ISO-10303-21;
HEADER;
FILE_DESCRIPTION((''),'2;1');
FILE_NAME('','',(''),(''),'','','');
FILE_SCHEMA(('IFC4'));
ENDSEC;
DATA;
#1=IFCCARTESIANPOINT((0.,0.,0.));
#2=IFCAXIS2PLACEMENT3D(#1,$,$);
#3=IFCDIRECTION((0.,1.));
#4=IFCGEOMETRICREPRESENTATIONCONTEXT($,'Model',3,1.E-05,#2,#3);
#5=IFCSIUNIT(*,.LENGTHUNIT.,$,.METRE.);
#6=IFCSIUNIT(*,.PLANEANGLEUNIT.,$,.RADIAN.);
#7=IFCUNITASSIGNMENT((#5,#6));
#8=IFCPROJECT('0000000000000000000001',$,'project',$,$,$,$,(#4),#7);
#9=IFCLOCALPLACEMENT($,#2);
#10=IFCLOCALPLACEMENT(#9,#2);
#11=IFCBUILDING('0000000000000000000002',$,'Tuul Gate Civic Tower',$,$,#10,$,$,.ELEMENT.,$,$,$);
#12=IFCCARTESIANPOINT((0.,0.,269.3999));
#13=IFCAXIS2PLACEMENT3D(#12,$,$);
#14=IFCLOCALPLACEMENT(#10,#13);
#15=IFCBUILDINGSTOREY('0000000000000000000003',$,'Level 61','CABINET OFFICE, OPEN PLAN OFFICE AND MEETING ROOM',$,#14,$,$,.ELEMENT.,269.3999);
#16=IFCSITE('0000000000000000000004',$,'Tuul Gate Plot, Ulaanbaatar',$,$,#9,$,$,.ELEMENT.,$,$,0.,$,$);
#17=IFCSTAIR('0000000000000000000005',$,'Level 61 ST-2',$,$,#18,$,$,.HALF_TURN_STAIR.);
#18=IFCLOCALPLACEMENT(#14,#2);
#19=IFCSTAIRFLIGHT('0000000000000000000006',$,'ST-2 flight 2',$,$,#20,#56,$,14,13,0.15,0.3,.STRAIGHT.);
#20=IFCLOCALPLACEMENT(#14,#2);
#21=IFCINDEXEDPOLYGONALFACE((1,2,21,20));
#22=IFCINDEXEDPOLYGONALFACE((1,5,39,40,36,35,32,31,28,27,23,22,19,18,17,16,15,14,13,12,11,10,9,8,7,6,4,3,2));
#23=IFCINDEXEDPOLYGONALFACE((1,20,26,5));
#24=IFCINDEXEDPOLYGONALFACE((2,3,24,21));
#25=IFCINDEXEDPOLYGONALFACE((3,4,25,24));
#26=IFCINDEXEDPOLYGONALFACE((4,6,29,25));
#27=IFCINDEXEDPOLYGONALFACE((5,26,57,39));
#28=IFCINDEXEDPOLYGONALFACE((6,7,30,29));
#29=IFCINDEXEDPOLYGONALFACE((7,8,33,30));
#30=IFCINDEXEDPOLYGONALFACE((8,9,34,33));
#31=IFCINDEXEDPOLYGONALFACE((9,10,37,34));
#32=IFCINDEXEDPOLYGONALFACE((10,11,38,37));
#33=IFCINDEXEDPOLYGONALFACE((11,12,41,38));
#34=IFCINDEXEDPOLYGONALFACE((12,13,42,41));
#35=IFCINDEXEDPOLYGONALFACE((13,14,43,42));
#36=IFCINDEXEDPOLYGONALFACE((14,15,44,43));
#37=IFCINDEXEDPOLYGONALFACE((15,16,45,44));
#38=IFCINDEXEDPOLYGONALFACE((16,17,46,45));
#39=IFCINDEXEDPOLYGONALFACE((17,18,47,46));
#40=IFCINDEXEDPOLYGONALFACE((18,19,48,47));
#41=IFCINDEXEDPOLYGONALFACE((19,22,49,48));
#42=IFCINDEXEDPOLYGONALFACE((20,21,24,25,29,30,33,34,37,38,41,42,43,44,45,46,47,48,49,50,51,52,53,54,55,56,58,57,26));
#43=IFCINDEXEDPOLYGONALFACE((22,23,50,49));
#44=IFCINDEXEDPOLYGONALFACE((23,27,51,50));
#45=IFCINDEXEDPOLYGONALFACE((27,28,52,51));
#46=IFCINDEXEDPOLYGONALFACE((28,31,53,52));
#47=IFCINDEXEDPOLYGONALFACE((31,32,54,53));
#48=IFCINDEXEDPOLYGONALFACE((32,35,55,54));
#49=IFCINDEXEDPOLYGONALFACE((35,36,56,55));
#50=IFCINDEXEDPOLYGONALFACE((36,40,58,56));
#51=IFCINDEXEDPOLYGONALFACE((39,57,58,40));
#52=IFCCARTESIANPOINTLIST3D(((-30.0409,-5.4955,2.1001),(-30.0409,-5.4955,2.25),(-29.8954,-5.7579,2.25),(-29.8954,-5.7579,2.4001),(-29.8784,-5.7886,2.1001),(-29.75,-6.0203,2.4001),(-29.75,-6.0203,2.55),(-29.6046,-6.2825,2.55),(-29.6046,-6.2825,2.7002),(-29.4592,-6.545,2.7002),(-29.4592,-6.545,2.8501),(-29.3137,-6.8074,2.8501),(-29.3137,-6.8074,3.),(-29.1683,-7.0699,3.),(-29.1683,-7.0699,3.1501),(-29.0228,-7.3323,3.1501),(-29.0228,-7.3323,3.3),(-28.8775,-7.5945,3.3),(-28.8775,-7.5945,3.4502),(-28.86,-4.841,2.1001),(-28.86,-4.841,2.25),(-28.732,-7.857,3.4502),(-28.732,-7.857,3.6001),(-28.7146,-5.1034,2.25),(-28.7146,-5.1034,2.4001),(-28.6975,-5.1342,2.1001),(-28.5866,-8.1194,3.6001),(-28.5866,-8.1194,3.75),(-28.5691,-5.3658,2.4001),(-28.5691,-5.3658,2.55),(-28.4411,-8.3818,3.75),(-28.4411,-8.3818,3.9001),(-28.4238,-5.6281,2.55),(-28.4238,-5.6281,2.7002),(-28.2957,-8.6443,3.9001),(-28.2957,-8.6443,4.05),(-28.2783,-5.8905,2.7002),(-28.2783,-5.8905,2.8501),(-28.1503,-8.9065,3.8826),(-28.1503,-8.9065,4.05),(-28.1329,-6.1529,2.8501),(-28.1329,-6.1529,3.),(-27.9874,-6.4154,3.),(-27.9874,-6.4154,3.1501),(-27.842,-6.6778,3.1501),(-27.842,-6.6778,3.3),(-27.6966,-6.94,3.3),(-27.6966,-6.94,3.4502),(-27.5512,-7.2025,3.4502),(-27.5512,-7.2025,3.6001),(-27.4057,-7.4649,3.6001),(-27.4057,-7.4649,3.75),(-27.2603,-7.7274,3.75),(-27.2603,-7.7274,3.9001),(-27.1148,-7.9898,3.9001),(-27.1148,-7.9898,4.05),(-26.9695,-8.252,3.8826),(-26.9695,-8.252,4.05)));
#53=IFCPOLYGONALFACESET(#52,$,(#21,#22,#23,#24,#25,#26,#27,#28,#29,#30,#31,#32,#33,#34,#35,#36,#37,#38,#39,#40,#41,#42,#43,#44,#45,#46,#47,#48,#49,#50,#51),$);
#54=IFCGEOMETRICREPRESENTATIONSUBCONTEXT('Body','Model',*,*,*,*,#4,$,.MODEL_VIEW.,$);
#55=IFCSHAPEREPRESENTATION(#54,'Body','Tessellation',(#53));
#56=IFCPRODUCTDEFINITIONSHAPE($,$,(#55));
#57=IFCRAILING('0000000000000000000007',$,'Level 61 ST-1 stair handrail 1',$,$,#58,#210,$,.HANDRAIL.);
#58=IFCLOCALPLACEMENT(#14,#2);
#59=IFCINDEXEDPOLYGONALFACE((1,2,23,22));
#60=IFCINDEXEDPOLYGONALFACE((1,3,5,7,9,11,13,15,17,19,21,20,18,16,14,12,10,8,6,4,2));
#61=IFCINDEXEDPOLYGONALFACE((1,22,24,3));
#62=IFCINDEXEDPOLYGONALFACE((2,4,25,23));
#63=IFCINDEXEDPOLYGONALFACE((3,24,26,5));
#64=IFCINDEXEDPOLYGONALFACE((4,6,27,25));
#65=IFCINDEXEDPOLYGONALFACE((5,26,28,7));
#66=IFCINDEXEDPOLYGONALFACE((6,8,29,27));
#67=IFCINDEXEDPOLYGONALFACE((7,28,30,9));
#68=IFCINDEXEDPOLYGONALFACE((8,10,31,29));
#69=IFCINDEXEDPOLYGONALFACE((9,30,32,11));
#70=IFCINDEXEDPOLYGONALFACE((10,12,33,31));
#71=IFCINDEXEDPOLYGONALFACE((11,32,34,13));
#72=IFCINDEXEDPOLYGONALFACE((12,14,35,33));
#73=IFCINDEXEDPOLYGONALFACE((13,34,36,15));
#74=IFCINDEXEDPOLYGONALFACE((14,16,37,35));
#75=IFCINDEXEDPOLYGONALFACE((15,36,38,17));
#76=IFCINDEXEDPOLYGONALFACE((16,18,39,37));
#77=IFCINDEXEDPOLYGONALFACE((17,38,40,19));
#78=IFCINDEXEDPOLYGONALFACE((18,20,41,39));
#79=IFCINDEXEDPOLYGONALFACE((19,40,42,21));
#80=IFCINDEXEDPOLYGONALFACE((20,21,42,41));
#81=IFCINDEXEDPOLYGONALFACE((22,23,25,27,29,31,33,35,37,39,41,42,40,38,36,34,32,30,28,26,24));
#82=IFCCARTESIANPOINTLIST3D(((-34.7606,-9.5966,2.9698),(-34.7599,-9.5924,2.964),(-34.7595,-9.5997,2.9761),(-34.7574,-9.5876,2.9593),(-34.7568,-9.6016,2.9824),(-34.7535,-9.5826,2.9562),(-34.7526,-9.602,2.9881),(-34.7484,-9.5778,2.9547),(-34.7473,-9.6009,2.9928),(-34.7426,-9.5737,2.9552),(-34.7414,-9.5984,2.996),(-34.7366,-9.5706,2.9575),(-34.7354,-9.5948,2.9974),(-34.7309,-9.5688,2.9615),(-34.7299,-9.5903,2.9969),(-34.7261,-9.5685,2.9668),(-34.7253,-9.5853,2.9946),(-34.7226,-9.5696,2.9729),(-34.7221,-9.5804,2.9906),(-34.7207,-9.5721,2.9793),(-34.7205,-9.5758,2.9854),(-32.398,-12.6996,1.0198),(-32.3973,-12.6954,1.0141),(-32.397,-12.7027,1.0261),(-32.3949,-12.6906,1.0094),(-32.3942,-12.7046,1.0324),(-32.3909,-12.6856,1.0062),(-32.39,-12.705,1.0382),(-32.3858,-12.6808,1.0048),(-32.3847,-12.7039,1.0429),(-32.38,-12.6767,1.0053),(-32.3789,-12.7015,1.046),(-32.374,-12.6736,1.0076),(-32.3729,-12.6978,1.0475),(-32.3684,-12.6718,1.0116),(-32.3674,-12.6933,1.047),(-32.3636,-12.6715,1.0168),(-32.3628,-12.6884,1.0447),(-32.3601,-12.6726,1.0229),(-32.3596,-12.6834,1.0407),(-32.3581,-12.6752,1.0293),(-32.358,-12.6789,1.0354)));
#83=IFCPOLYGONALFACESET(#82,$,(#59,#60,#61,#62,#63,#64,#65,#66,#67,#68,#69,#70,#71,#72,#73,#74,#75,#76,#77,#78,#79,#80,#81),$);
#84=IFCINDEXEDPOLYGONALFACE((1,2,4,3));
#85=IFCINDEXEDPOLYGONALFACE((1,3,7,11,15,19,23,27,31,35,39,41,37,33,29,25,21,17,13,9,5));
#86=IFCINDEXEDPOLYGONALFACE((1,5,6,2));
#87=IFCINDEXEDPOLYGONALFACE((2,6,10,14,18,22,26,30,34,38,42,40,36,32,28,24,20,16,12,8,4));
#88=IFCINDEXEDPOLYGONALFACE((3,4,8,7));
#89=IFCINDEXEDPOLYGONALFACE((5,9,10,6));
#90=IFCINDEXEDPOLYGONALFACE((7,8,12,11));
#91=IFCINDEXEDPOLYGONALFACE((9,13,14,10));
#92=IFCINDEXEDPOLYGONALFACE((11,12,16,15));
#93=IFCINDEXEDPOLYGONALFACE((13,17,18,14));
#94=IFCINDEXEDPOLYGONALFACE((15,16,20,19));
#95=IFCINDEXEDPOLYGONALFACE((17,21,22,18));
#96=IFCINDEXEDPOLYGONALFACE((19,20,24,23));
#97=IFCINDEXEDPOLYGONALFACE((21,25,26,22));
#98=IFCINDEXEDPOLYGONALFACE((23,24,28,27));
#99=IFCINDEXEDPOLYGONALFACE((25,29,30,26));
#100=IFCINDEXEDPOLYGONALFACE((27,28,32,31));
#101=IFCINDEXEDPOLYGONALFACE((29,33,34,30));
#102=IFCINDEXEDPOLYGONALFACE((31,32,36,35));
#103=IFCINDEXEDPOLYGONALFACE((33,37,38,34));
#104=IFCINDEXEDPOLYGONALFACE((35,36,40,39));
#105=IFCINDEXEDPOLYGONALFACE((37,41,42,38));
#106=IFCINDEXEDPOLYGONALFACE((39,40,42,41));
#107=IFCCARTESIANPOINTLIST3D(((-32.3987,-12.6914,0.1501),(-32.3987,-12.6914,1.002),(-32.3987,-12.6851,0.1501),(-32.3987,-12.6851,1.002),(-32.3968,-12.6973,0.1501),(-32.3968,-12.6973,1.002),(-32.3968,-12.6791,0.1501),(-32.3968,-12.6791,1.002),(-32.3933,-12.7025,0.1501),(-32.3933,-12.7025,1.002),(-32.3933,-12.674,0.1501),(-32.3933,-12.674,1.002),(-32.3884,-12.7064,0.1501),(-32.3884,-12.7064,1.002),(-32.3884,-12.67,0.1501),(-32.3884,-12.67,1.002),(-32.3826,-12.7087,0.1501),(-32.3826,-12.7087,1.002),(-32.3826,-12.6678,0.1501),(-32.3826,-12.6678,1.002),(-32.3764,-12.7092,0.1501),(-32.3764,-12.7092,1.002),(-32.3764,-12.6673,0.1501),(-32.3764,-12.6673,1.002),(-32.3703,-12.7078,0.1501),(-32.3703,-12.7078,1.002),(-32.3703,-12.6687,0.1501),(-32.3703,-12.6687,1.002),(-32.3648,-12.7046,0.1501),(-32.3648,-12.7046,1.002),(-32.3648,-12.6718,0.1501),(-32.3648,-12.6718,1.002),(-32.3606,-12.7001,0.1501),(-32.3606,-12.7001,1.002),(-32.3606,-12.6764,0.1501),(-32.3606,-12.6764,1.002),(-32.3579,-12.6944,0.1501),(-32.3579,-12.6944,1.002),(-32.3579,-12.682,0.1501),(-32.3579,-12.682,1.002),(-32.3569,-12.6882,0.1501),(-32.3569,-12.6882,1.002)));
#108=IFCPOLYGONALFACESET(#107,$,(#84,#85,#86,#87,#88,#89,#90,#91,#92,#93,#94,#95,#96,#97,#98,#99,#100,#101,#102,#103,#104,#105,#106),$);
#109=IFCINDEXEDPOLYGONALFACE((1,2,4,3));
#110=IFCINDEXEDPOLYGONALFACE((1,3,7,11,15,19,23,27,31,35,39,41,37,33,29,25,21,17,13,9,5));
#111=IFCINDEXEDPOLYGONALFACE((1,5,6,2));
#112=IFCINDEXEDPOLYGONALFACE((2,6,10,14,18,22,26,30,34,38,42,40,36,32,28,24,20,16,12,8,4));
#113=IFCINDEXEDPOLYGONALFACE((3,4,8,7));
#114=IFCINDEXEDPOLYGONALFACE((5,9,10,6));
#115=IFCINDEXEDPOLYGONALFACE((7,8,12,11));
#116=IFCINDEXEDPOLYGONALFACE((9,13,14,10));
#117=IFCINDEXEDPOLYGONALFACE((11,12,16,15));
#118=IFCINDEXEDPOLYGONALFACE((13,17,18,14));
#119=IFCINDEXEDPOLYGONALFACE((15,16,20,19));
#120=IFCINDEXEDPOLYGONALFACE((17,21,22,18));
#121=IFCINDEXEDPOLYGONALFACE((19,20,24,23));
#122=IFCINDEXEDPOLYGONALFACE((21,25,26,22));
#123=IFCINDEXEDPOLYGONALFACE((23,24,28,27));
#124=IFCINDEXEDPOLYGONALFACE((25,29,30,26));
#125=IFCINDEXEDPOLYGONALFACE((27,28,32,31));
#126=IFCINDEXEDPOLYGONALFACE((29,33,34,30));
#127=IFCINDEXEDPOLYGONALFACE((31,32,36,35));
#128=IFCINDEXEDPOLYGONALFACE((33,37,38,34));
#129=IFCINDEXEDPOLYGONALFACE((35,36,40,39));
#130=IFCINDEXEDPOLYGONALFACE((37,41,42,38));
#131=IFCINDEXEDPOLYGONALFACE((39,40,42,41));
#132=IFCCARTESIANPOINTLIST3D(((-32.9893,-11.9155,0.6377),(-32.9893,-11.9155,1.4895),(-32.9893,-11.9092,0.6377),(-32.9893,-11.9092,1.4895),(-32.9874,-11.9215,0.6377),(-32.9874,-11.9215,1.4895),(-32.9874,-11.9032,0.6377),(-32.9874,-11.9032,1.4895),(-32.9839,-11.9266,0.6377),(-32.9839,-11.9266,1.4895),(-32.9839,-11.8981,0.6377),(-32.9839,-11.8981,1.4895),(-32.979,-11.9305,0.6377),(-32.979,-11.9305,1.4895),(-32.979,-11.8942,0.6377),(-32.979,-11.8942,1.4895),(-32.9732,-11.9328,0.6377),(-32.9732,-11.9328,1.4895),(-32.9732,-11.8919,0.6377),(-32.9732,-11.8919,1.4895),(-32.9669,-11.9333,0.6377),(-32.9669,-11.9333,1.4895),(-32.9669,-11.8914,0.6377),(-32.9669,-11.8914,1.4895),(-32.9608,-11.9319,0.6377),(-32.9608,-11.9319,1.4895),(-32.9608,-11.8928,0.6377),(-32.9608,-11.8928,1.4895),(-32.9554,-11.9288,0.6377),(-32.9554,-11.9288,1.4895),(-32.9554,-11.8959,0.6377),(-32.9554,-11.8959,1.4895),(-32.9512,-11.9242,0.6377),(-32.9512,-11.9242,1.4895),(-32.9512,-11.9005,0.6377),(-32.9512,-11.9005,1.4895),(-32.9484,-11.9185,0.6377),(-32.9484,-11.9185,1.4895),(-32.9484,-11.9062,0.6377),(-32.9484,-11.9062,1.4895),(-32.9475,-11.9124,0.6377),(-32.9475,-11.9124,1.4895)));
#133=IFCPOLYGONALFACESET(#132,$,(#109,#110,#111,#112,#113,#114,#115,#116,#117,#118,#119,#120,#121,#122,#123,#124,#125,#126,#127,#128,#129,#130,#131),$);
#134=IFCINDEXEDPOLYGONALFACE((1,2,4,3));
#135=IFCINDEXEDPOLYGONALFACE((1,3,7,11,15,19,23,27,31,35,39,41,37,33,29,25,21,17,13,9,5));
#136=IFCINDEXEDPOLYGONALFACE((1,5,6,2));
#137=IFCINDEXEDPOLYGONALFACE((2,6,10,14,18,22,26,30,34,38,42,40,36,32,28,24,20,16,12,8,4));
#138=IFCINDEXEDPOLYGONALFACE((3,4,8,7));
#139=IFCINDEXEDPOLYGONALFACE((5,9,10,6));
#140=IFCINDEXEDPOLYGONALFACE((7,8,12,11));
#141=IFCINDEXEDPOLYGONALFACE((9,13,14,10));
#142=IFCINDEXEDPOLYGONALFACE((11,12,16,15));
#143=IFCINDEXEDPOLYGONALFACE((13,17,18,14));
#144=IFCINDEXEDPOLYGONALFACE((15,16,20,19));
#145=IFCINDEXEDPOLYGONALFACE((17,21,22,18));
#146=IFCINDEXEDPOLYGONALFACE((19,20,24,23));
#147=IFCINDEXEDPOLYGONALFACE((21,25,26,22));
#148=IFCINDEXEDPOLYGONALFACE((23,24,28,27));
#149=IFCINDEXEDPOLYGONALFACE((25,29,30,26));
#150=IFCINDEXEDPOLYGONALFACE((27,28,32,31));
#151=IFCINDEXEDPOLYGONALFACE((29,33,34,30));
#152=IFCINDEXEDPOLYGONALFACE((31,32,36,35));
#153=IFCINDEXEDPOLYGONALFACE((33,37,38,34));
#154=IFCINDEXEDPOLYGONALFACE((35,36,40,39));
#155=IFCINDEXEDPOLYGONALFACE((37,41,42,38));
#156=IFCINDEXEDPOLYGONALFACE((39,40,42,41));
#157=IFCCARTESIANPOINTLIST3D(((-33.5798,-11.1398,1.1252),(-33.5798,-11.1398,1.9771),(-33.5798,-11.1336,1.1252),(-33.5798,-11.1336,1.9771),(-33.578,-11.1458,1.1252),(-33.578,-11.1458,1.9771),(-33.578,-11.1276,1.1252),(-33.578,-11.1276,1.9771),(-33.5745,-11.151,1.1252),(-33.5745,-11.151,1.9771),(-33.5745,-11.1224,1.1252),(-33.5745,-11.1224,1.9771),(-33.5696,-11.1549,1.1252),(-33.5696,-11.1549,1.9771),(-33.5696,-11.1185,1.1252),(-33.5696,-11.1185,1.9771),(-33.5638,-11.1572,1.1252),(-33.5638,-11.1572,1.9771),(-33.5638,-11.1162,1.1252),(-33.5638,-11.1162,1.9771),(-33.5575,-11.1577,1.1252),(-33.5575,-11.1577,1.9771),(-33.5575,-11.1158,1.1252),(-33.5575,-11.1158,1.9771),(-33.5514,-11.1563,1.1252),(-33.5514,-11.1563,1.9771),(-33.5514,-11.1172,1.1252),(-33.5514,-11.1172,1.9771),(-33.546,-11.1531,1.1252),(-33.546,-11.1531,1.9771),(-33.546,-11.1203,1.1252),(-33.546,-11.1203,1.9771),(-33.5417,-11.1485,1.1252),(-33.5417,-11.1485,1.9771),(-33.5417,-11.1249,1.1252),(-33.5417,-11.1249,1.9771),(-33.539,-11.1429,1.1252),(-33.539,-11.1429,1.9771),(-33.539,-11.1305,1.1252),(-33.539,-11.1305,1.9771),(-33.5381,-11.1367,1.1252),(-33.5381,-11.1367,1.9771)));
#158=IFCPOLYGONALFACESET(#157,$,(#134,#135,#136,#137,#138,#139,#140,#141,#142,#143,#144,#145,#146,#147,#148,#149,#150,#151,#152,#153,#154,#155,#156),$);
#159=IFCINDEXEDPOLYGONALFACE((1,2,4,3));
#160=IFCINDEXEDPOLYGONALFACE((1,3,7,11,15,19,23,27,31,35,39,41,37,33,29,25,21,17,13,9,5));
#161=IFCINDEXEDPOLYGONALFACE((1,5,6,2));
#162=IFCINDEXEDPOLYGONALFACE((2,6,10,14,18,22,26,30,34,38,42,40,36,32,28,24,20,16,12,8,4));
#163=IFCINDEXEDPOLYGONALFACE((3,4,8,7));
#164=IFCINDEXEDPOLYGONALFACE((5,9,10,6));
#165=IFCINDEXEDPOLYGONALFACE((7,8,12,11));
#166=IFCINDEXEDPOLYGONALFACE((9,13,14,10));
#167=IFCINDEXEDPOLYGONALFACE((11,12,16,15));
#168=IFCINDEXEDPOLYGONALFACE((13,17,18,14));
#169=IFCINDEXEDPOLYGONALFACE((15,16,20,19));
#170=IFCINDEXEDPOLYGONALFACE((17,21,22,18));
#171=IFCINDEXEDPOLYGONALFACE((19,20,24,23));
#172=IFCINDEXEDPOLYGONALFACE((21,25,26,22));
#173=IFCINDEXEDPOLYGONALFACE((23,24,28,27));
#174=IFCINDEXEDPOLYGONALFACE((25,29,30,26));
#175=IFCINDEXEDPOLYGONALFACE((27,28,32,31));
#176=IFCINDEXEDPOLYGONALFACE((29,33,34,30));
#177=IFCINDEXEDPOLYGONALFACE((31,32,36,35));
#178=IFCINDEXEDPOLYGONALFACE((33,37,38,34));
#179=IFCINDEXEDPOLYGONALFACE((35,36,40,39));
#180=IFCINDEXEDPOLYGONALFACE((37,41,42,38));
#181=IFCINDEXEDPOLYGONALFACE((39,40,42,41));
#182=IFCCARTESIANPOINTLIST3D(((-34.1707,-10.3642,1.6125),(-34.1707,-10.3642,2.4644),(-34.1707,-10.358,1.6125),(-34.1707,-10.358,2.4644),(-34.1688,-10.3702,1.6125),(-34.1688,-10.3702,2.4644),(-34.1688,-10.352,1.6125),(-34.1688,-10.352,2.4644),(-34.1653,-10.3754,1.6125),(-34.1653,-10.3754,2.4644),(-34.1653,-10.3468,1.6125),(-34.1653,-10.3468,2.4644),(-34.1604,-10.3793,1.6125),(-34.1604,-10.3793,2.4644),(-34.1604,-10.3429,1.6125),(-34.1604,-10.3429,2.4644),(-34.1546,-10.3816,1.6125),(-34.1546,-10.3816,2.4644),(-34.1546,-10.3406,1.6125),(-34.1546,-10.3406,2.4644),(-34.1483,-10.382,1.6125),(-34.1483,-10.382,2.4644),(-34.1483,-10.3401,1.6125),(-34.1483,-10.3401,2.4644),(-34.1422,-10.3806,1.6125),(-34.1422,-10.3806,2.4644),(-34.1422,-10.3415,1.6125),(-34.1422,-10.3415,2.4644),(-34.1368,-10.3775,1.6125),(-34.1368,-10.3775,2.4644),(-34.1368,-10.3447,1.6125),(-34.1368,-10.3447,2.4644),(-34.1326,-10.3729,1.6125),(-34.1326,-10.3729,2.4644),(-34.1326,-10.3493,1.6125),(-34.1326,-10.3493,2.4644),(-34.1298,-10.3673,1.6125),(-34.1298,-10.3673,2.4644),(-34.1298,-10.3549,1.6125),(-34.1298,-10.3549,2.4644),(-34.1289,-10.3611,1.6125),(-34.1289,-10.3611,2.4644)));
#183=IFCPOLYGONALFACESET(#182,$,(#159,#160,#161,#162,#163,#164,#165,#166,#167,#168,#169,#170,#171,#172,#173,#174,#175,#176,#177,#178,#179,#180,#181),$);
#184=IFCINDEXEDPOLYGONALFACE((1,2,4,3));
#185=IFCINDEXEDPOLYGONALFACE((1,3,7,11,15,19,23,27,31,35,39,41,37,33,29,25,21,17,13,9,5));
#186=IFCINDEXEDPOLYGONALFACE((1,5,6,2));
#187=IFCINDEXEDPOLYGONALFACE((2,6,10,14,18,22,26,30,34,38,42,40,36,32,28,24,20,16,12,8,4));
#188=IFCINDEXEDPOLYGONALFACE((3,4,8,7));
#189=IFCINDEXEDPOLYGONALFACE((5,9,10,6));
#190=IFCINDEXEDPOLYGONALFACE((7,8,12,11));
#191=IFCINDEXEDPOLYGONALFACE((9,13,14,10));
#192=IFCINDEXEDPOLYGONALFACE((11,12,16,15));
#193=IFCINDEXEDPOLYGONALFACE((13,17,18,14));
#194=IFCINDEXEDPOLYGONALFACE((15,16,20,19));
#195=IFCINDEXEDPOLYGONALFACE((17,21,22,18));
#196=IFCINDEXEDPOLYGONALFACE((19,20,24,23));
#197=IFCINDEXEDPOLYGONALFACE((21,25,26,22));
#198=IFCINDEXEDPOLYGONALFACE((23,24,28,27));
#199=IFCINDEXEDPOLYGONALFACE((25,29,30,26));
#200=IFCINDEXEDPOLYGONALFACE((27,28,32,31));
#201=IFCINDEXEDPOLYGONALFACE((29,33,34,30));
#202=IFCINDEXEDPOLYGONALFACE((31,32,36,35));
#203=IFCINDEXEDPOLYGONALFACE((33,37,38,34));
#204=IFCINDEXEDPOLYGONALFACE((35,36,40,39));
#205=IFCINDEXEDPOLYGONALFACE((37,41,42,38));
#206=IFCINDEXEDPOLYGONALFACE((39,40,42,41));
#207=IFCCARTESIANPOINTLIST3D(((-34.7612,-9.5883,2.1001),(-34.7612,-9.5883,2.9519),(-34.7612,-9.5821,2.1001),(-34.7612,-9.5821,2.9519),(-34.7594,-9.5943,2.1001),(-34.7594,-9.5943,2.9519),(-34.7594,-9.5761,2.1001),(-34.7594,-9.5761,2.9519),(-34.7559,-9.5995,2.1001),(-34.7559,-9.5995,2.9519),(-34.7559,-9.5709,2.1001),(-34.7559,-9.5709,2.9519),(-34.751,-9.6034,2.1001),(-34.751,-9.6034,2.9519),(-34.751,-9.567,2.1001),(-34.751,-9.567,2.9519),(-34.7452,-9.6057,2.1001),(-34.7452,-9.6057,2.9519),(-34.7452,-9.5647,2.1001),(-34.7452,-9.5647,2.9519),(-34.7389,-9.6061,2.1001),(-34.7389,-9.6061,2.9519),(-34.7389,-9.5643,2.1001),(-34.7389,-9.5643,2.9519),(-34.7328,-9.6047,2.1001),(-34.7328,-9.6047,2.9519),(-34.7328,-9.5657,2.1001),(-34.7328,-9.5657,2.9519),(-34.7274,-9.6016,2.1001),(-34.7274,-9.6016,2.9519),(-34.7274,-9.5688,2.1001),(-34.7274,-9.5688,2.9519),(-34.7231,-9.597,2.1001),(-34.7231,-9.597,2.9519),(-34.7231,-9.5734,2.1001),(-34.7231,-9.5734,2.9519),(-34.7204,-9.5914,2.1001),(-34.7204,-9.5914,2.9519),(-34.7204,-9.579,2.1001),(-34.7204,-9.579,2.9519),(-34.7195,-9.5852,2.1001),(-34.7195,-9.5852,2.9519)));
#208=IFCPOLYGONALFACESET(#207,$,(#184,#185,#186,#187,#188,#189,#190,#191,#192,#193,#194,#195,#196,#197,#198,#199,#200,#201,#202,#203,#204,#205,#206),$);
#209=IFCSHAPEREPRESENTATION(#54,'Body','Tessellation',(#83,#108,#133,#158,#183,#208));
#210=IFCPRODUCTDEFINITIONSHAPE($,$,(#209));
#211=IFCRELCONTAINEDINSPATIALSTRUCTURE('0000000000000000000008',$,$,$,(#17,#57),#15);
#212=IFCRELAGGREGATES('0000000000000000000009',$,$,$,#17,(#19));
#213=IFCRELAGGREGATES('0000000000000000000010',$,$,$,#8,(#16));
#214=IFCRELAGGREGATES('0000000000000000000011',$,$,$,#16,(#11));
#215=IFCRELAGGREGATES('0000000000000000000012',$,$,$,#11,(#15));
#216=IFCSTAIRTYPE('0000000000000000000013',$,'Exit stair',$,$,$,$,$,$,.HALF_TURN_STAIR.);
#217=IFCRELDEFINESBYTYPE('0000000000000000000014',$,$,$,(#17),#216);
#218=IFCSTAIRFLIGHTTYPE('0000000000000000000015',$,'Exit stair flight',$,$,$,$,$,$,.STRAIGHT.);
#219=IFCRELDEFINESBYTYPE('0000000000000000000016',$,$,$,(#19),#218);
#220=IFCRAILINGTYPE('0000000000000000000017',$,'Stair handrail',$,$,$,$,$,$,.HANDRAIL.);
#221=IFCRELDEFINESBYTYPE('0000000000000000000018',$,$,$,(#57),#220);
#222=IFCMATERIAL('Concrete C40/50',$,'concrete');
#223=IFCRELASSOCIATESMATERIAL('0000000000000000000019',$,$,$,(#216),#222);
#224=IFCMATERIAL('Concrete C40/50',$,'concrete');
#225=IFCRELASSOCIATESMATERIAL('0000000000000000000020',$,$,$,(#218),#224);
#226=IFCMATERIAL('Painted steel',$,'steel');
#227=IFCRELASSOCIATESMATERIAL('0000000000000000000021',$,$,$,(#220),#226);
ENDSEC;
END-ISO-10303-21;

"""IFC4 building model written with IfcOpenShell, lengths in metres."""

from ifc_helpers import new_model, si_unit, direction, frame, origin, origin_2d, place, context, subcontext, project, spatial, polyline, circle, outline, extrude, material, type_object, element, aggregate, save


model = new_model("IFC4")

# Units and contexts
model_context = context("Model", 3, precision=1e-05, world=origin(), true_north=direction((0.0, 1.0)))
body_context = subcontext(model_context, "Body", "Model", "MODEL_VIEW")
ifc_project = project(units=[si_unit("LENGTHUNIT", "METRE"), si_unit("PLANEANGLEUNIT", "RADIAN")], contexts=[model_context])

# Site, building, storey
site_placement = place(None, origin())
site = spatial("IfcSite", under=ifc_project, at=site_placement, Name="Tuul Gate Plot, Ulaanbaatar", CompositionType="ELEMENT", RefElevation=0.0)
building_placement = place(site_placement, origin())
building = spatial("IfcBuilding", under=site, at=building_placement, Name="Tuul Gate Civic Tower", CompositionType="ELEMENT")
storey_placement = place(building_placement, frame((0.0, 0.0, 269.3999)))
storey = spatial("IfcBuildingStorey", under=building, at=storey_placement, Name="Level 61", Description="CABINET OFFICE, OPEN PLAN OFFICE AND MEETING ROOM", CompositionType="ELEMENT", Elevation=269.3999)

# Shared definitions
ifc_material_1 = material(Name="Concrete C40/50", Category="concrete")
stair_type = type_object("IfcStairType", Name="Exit stair", PredefinedType="HALF_TURN_STAIR", material=ifc_material_1)
ifc_material_2 = material(Name="Concrete C40/50", Category="concrete")
stair_flight_type = type_object("IfcStairFlightType", Name="Exit stair flight", PredefinedType="STRAIGHT", material=ifc_material_2)

# Stair, stair flight
stair_1_placement = place(storey_placement, origin())
stair_1 = element("IfcStair", 1, at=stair_1_placement, inside=storey, type_object=stair_type, Name="Level 61 ST-2", PredefinedType="HALF_TURN_STAIR")
stair_flight_1_placement = place(storey_placement, frame((-29.4504, -5.1682, 2.1001), z_axis=(0.0, 0.0, 1.0), x_axis=(0.484762, -0.874646, 0.0)))
stair_flight_1 = element("IfcStairFlight", 2, at=stair_flight_1_placement, type_object=stair_flight_type, Name="ST-2 flight 2", NumberOfRisers=14, NumberOfTreads=13, PredefinedType="STRAIGHT", RiserHeight=0.15, TreadLength=0.3, context=body_context, shape_type="SweptSolid", body=[
    extrude(outline(polyline([(0.0, 0.0), (0.0, 0.1499), (0.3, 0.1499), (0.3, 0.3), (0.6001, 0.3), (0.6001, 0.45), (0.8999, 0.45), (0.8999, 0.6001), (1.2, 0.6001), (1.2, 0.75), (1.5, 0.75), (1.5, 0.8999), (1.8, 0.8999), (1.8, 1.05), (2.1001, 1.05), (2.1001, 1.2), (2.3999, 1.2), (2.3999, 1.3501), (2.7, 1.3501), (2.7, 1.5), (3.0, 1.5), (3.0, 1.6499), (3.3, 1.6499), (3.3, 1.8), (3.6001, 1.8), (3.6001, 1.95), (3.8999, 1.95), (3.8999, 2.1001), (3.8999, 1.7825), (0.3352, 0.0), (0.0, 0.0)])), frame((0.0, 0.675, 0.0), z_axis=(0.0, -1.0, 0.0), x_axis=(1.0, 0.0, 0.0)), (0.0, 0.0, 1.0), 1.3501),
])
aggregate(stair_1, [stair_flight_1])

# Railing
ifc_material_3 = material(Name="Painted steel", Category="steel")
railing_type_1 = type_object("IfcRailingType", Name="Stair handrail", PredefinedType="HANDRAIL", material=ifc_material_3)
railing_1_placement = place(storey_placement, frame((-32.3779, -12.6882, 0.1501)))
element("IfcRailing", 3, at=railing_1_placement, inside=storey, type_object=railing_type_1, Name="Level 61 ST-1 stair handrail 1", PredefinedType="HANDRAIL", context=body_context, shape_type="SweptSolid", body=[
    extrude(circle(Radius=0.0239, at=origin_2d()), frame((0.0, 0.0, 0.876), z_axis=(-0.541824, 0.711645, 0.4472), x_axis=(-0.795637, -0.605773, 0.0)), (0.0, 0.0, 1.0), 4.3604),
    extrude(circle(Radius=0.021, at=origin_2d()), origin(), (0.0, 0.0, 1.0), 0.8518),
    extrude(circle(Radius=0.021, at=origin_2d()), frame((-0.5906, 0.7759, 0.4875)), (0.0, 0.0, 1.0), 0.8518),
    extrude(circle(Radius=0.021, at=origin_2d()), frame((-1.1812, 1.5515, 0.9751)), (0.0, 0.0, 1.0), 0.8518),
    extrude(circle(Radius=0.021, at=origin_2d()), frame((-1.772, 2.3271, 1.4624)), (0.0, 0.0, 1.0), 0.8518),
    extrude(circle(Radius=0.021, at=origin_2d()), frame((-2.3625, 3.103, 1.95)), (0.0, 0.0, 1.0), 0.8518),
])

save(model, "model.ifc")
